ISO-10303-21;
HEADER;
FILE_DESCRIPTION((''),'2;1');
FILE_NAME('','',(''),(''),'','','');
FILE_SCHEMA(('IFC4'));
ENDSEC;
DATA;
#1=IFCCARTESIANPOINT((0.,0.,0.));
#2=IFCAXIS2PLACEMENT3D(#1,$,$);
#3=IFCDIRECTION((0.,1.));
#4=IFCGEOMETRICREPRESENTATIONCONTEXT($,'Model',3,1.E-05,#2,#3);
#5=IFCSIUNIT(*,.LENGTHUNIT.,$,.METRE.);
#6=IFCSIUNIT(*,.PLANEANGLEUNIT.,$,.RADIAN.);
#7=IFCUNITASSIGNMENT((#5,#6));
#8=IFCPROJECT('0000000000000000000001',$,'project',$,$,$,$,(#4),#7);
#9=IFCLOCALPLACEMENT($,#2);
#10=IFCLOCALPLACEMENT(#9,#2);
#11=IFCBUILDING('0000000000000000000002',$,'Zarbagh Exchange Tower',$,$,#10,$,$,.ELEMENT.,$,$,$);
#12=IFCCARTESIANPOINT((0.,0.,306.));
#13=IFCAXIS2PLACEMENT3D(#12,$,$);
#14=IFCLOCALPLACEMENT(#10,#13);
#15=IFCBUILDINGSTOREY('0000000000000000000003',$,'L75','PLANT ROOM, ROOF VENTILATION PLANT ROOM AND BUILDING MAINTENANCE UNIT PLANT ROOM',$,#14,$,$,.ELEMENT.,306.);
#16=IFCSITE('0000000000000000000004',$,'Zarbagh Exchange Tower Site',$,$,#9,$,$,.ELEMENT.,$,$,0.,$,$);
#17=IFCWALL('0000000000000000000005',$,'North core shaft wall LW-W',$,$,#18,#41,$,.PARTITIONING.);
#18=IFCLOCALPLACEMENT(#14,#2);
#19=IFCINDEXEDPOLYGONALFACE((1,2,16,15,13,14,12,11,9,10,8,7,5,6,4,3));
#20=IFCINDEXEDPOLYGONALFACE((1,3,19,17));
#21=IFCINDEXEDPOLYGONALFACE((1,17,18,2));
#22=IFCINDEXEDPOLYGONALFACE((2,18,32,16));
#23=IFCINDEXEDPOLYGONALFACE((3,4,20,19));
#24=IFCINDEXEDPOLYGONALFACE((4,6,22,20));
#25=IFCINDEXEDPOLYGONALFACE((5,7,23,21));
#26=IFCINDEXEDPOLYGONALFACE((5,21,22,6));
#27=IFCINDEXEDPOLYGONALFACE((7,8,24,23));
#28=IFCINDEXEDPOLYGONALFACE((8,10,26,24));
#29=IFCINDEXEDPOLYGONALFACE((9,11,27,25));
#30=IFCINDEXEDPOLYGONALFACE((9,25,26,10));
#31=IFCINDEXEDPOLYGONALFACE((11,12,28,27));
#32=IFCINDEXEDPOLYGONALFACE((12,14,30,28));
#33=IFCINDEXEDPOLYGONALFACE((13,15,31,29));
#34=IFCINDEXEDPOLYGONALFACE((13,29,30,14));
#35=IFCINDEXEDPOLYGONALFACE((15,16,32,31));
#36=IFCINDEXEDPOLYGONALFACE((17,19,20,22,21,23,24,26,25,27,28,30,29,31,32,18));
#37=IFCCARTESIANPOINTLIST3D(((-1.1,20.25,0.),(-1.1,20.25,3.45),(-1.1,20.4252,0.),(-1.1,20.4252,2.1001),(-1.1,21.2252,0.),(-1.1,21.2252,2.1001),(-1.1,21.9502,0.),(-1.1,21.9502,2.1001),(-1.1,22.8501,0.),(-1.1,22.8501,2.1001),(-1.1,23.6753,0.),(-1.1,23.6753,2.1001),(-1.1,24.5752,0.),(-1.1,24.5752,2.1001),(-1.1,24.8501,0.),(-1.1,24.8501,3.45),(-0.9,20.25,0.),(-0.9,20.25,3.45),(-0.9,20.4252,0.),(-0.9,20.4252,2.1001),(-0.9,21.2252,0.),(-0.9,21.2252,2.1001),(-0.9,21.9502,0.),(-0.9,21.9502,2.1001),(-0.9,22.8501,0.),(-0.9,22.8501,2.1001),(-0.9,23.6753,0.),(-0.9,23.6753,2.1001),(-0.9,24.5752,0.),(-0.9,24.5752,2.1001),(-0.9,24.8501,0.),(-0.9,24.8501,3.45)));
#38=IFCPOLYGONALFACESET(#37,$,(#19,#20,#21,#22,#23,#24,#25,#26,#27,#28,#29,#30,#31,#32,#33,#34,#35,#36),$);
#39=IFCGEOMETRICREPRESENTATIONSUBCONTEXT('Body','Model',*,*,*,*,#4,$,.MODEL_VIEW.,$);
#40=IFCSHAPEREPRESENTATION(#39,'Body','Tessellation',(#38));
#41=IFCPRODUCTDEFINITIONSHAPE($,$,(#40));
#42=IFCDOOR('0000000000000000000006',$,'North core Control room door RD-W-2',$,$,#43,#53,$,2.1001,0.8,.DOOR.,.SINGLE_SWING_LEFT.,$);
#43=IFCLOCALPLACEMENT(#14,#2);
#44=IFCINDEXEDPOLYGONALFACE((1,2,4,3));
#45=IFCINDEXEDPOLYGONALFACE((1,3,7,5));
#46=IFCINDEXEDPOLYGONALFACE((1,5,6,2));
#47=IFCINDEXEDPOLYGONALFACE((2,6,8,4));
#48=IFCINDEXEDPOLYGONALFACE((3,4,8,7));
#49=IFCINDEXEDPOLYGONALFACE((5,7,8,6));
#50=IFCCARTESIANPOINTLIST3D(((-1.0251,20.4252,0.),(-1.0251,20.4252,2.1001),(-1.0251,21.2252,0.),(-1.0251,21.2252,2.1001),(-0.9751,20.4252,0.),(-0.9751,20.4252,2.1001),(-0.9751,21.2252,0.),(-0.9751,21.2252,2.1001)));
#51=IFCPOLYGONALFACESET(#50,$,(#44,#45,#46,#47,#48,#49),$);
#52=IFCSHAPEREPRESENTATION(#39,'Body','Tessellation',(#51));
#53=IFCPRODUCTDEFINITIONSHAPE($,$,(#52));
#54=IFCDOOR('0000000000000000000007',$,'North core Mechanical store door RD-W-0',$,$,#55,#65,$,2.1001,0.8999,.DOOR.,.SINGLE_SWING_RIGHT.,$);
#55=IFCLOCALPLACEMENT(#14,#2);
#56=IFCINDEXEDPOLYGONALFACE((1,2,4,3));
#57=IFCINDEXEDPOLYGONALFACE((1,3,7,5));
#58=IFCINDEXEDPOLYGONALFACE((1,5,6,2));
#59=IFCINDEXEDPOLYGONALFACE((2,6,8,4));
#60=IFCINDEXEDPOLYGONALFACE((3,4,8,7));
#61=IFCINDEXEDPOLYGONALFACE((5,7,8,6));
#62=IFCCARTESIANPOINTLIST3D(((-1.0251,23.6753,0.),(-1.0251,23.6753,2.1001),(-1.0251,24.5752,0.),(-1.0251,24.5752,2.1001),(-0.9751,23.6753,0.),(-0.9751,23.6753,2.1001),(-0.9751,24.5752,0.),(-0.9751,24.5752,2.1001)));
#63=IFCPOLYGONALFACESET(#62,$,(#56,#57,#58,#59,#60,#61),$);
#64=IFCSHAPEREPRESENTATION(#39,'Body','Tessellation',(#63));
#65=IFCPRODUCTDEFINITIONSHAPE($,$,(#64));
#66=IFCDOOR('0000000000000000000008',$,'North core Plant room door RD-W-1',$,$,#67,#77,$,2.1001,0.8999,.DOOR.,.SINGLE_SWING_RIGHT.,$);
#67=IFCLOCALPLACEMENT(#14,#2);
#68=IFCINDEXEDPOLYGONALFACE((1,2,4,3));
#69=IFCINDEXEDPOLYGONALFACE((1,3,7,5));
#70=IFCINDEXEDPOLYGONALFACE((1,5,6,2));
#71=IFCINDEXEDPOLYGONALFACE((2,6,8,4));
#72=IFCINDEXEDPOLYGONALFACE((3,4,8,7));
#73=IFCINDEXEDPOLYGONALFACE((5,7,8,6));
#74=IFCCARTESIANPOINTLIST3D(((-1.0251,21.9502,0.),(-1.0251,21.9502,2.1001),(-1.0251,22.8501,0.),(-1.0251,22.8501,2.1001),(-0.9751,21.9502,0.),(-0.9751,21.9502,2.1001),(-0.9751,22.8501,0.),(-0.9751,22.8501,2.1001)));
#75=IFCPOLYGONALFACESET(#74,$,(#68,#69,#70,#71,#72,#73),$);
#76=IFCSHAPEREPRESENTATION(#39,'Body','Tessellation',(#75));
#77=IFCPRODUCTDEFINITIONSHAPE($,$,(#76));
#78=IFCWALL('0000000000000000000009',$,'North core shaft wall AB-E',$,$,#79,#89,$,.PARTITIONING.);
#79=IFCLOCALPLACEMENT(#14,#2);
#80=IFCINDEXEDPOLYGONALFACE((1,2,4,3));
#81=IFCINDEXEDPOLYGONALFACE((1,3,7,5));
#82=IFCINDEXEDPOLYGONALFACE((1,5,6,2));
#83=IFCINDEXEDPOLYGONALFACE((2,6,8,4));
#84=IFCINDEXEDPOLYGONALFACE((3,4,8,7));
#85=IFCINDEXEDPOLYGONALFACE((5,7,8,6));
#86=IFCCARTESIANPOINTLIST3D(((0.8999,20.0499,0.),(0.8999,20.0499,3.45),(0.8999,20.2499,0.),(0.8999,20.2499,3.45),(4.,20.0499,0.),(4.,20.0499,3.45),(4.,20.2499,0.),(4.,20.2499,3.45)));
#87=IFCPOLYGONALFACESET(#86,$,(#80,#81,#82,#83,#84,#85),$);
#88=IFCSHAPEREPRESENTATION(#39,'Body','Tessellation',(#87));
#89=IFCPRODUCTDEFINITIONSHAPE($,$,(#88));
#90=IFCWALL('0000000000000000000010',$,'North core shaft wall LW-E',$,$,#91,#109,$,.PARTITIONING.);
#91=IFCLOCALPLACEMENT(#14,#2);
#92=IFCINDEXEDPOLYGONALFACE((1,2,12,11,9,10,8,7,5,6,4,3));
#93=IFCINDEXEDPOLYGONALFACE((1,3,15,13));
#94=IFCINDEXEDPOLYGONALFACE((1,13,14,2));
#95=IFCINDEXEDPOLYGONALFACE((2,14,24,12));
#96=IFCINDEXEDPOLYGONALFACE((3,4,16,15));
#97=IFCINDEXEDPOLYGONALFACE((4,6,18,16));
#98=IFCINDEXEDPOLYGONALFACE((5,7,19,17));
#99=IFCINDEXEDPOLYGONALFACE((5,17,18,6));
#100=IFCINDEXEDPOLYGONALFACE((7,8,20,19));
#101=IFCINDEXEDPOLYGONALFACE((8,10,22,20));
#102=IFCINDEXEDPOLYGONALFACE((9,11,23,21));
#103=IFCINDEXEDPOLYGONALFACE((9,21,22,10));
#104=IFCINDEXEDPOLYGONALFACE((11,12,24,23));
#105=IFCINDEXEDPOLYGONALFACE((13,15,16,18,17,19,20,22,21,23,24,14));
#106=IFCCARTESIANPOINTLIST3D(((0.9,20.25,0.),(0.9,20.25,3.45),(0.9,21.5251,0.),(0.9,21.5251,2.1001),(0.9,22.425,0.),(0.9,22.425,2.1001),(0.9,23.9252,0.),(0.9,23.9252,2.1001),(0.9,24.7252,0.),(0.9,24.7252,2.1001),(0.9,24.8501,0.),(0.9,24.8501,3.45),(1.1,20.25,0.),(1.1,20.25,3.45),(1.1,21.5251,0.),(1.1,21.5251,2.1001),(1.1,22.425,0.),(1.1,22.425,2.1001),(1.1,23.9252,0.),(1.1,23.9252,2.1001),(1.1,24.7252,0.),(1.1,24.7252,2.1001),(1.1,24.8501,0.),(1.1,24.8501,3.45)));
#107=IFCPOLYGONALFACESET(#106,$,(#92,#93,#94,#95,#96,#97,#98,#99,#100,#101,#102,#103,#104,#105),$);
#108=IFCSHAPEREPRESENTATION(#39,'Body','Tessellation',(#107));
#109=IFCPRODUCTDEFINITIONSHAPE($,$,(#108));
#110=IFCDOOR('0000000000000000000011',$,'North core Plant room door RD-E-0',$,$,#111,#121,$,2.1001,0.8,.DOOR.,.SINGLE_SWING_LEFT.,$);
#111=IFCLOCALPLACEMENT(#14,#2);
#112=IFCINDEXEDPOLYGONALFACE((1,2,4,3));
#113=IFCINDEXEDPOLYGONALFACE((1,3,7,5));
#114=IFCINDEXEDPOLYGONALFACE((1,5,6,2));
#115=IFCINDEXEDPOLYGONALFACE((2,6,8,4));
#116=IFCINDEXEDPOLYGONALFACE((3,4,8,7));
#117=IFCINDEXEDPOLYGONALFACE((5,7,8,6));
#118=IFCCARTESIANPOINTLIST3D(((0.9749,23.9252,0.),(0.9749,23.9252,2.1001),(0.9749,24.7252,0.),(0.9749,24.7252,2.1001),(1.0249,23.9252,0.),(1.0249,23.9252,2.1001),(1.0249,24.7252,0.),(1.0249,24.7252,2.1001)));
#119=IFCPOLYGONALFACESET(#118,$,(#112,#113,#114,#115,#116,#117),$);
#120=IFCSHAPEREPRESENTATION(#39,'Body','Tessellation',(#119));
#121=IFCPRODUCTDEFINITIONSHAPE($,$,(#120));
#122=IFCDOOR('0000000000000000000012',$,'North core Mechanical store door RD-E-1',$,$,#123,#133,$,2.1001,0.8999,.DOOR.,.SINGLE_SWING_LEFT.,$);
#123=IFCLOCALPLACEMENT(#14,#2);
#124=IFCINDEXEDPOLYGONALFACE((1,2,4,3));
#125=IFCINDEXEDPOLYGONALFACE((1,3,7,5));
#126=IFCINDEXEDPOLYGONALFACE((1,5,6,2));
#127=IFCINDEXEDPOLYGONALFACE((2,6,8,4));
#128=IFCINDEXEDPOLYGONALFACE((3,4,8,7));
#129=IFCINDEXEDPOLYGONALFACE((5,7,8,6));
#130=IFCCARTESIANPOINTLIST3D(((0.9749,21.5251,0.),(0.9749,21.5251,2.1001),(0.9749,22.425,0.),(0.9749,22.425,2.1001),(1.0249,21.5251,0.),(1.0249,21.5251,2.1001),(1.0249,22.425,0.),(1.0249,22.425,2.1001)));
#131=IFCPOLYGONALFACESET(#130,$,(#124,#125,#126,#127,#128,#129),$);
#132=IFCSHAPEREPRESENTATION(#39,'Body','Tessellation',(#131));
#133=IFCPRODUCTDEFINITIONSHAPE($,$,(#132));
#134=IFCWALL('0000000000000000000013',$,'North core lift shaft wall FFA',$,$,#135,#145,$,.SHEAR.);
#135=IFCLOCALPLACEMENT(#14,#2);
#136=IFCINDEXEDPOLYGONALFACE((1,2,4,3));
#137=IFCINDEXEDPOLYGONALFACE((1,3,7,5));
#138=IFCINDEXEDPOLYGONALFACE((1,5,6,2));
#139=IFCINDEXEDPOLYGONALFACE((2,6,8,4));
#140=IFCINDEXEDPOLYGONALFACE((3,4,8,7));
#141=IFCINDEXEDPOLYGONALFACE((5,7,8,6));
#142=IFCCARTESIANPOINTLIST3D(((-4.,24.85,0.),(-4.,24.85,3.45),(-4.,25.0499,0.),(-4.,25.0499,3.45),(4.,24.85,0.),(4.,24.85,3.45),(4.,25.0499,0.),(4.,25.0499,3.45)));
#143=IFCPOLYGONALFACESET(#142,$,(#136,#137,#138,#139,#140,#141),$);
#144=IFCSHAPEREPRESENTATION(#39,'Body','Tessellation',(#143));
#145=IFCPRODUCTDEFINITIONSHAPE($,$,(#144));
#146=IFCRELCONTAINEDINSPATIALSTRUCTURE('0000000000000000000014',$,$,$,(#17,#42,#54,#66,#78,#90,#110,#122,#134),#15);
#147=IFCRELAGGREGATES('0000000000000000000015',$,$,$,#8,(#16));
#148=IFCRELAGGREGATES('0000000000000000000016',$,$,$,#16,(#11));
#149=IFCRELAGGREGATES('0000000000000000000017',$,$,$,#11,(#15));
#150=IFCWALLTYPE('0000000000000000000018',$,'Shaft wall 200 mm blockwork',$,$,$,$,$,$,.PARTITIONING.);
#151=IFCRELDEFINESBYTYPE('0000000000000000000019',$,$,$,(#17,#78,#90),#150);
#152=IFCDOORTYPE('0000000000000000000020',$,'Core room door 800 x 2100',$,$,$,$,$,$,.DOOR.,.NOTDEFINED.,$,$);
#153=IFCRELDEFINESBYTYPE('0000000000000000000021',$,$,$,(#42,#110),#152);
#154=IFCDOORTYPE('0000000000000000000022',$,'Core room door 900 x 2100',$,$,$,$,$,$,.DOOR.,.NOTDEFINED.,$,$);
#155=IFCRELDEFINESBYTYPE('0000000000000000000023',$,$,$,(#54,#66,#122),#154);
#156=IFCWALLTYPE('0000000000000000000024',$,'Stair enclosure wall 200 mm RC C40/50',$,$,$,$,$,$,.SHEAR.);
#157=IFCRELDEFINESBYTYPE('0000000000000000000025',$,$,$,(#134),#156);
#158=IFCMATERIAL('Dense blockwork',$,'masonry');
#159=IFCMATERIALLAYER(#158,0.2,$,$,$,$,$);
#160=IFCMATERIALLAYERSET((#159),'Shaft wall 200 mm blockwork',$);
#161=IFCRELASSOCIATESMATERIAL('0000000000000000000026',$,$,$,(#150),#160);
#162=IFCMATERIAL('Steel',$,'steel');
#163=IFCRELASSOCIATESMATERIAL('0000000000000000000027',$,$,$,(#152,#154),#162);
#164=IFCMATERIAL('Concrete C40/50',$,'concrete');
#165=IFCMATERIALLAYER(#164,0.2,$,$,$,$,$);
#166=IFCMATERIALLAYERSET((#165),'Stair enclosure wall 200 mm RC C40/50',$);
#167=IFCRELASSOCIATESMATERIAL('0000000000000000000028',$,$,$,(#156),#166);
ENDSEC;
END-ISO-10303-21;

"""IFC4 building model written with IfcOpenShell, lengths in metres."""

from ifc_helpers import new_model, si_unit, direction, frame, frame_2d, origin, place, context, subcontext, project, spatial, rectangle, extrude, material, layer, layer_set, type_object, element, fill, save


model = new_model("IFC4")

# Units and contexts
model_context = context("Model", 3, precision=1e-05, world=origin(), true_north=direction((0.0, 1.0)))
body_context = subcontext(model_context, "Body", "Model", "MODEL_VIEW")
ifc_project = project(units=[si_unit("LENGTHUNIT", "METRE"), si_unit("PLANEANGLEUNIT", "RADIAN")], contexts=[model_context])

# Site, building, storey
site_placement = place(None, origin())
site = spatial("IfcSite", under=ifc_project, at=site_placement, Name="Zarbagh Exchange Tower Site", CompositionType="ELEMENT", RefElevation=0.0)
building_placement = place(site_placement, origin())
building = spatial("IfcBuilding", under=site, at=building_placement, Name="Zarbagh Exchange Tower", CompositionType="ELEMENT")
storey_placement = place(building_placement, frame((0.0, 0.0, 306.0)))
storey = spatial("IfcBuildingStorey", under=building, at=storey_placement, Name="L75", Description="PLANT ROOM, ROOF VENTILATION PLANT ROOM AND BUILDING MAINTENANCE UNIT PLANT ROOM", CompositionType="ELEMENT", Elevation=306.0)

# Shared definitions
ifc_material_1 = material(Name="Concrete C40/50", Category="concrete")

# Shared definitions
ifc_material_2 = material(Name="Dense blockwork", Category="masonry")
ifc_layer_1 = layer(ifc_material_2, 0.2)
ifc_layer_set_1 = layer_set([ifc_layer_1], Name="Shaft wall 200 mm blockwork")
wall_type_1 = type_object("IfcWallType", Name="Shaft wall 200 mm blockwork", PredefinedType="PARTITIONING", material=ifc_layer_set_1)

# Wall, openings, doors
wall_1_placement = place(storey_placement, frame((-1.0, 24.8501, 0.0), z_axis=(0.0, 0.0, 1.0), x_axis=(0.0, -1.0, 0.0)))
wall_1 = element("IfcWall", 1, at=wall_1_placement, inside=storey, type_object=wall_type_1, Name="North core shaft wall LW-W", PredefinedType="PARTITIONING", context=body_context, shape_type="SweptSolid", body=[
    extrude(rectangle(XDim=4.6001, YDim=0.2, at=frame_2d((2.3, 0.0))), origin(), (0.0, 0.0, 1.0), 3.45),
])
opening_1_placement = place(wall_1_placement, frame((0.2749, 0.0, 0.0)))
opening_1 = element("IfcOpeningElement", 2, at=opening_1_placement, cuts=wall_1, PredefinedType="OPENING", context=body_context, shape_type="SweptSolid", body=[
    extrude(rectangle(XDim=0.8999, YDim=2.1001, at=frame_2d((0.45, 1.05))), frame((0.0, 0.1099, 0.0), z_axis=(0.0, -1.0, 0.0), x_axis=(1.0, 0.0, 0.0)), (0.0, 0.0, 1.0), 0.22),
])
opening_2_placement = place(wall_1_placement, frame((2.0, 0.0, 0.0)))
opening_2 = element("IfcOpeningElement", 3, at=opening_2_placement, cuts=wall_1, PredefinedType="OPENING", context=body_context, shape_type="SweptSolid", body=[
    extrude(rectangle(XDim=0.8999, YDim=2.1001, at=frame_2d((0.45, 1.05))), frame((0.0, 0.1099, 0.0), z_axis=(0.0, -1.0, 0.0), x_axis=(1.0, 0.0, 0.0)), (0.0, 0.0, 1.0), 0.22),
])
opening_3_placement = place(wall_1_placement, frame((3.625, 0.0, 0.0)))
opening_3 = element("IfcOpeningElement", 4, at=opening_3_placement, cuts=wall_1, PredefinedType="OPENING", context=body_context, shape_type="SweptSolid", body=[
    extrude(rectangle(XDim=0.8, YDim=2.1001, at=frame_2d((0.3999, 1.05))), frame((0.0, 0.1099, 0.0), z_axis=(0.0, -1.0, 0.0), x_axis=(1.0, 0.0, 0.0)), (0.0, 0.0, 1.0), 0.22),
])
ifc_material_3 = material(Name="Steel", Category="steel")
door_type_1 = type_object("IfcDoorType", Name="Core room door 800 x 2100", OperationType="NOTDEFINED", PredefinedType="DOOR", material=ifc_material_3)
door_1_placement = place(opening_3_placement, origin())
door_1 = element("IfcDoor", 5, at=door_1_placement, inside=storey, type_object=door_type_1, Name="North core Control room door RD-W-2", OperationType="SINGLE_SWING_LEFT", OverallHeight=2.1001, OverallWidth=0.8, PredefinedType="DOOR", context=body_context, shape_type="SweptSolid", body=[
    extrude(rectangle(XDim=0.8, YDim=2.1001, at=frame_2d((0.3999, 1.05))), frame((0.0, 0.0249, 0.0), z_axis=(0.0, -1.0, 0.0), x_axis=(1.0, 0.0, 0.0)), (0.0, 0.0, 1.0), 0.05),
])
fill(opening_3, door_1)
door_type_2 = type_object("IfcDoorType", Name="Core room door 900 x 2100", OperationType="NOTDEFINED", PredefinedType="DOOR", material=ifc_material_3)
door_2_placement = place(opening_1_placement, origin())
door_2 = element("IfcDoor", 6, at=door_2_placement, inside=storey, type_object=door_type_2, Name="North core Mechanical store door RD-W-0", OperationType="SINGLE_SWING_RIGHT", OverallHeight=2.1001, OverallWidth=0.8999, PredefinedType="DOOR", context=body_context, shape_type="SweptSolid", body=[
    extrude(rectangle(XDim=0.8999, YDim=2.1001, at=frame_2d((0.45, 1.05))), frame((0.0, 0.0249, 0.0), z_axis=(0.0, -1.0, 0.0), x_axis=(1.0, 0.0, 0.0)), (0.0, 0.0, 1.0), 0.05),
])
fill(opening_1, door_2)
door_3_placement = place(opening_2_placement, origin())
door_3 = element("IfcDoor", 7, at=door_3_placement, inside=storey, type_object=door_type_2, Name="North core Plant room door RD-W-1", OperationType="SINGLE_SWING_RIGHT", OverallHeight=2.1001, OverallWidth=0.8999, PredefinedType="DOOR", context=body_context, shape_type="SweptSolid", body=[
    extrude(rectangle(XDim=0.8999, YDim=2.1001, at=frame_2d((0.45, 1.05))), frame((0.0, 0.0249, 0.0), z_axis=(0.0, -1.0, 0.0), x_axis=(1.0, 0.0, 0.0)), (0.0, 0.0, 1.0), 0.05),
])
fill(opening_2, door_3)

# Wall
wall_2_placement = place(storey_placement, frame((0.8999, 20.1499, 0.0), z_axis=(0.0, 0.0, 1.0), x_axis=(1.0, 0.0, 0.0)))
element("IfcWall", 8, at=wall_2_placement, inside=storey, type_object=wall_type_1, Name="North core shaft wall AB-E", PredefinedType="PARTITIONING", context=body_context, shape_type="SweptSolid", body=[
    extrude(rectangle(XDim=3.1001, YDim=0.2, at=frame_2d((1.55, 0.0))), origin(), (0.0, 0.0, 1.0), 3.45),
])

# Wall, openings, doors
wall_3_placement = place(storey_placement, frame((1.0, 24.8501, 0.0), z_axis=(0.0, 0.0, 1.0), x_axis=(0.0, -1.0, 0.0)))
wall_3 = element("IfcWall", 9, at=wall_3_placement, inside=storey, type_object=wall_type_1, Name="North core shaft wall LW-E", PredefinedType="PARTITIONING", context=body_context, shape_type="SweptSolid", body=[
    extrude(rectangle(XDim=4.6001, YDim=0.2, at=frame_2d((2.3, 0.0))), origin(), (0.0, 0.0, 1.0), 3.45),
])
opening_4_placement = place(wall_3_placement, frame((0.125, 0.0, 0.0)))
opening_4 = element("IfcOpeningElement", 10, at=opening_4_placement, cuts=wall_3, PredefinedType="OPENING", context=body_context, shape_type="SweptSolid", body=[
    extrude(rectangle(XDim=0.8, YDim=2.1001, at=frame_2d((0.3999, 1.05))), frame((0.0, 0.1099, 0.0), z_axis=(0.0, -1.0, 0.0), x_axis=(1.0, 0.0, 0.0)), (0.0, 0.0, 1.0), 0.22),
])
opening_5_placement = place(wall_3_placement, frame((2.425, 0.0, 0.0)))
opening_5 = element("IfcOpeningElement", 11, at=opening_5_placement, cuts=wall_3, PredefinedType="OPENING", context=body_context, shape_type="SweptSolid", body=[
    extrude(rectangle(XDim=0.8999, YDim=2.1001, at=frame_2d((0.45, 1.05))), frame((0.0, 0.1099, 0.0), z_axis=(0.0, -1.0, 0.0), x_axis=(1.0, 0.0, 0.0)), (0.0, 0.0, 1.0), 0.22),
])
door_4_placement = place(opening_4_placement, origin())
door_4 = element("IfcDoor", 12, at=door_4_placement, inside=storey, type_object=door_type_1, Name="North core Plant room door RD-E-0", OperationType="SINGLE_SWING_LEFT", OverallHeight=2.1001, OverallWidth=0.8, PredefinedType="DOOR", context=body_context, shape_type="SweptSolid", body=[
    extrude(rectangle(XDim=0.8, YDim=2.1001, at=frame_2d((0.3999, 1.05))), frame((0.0, 0.0249, 0.0), z_axis=(0.0, -1.0, 0.0), x_axis=(1.0, 0.0, 0.0)), (0.0, 0.0, 1.0), 0.05),
])
fill(opening_4, door_4)
door_5_placement = place(opening_5_placement, origin())
door_5 = element("IfcDoor", 13, at=door_5_placement, inside=storey, type_object=door_type_2, Name="North core Mechanical store door RD-E-1", OperationType="SINGLE_SWING_LEFT", OverallHeight=2.1001, OverallWidth=0.8999, PredefinedType="DOOR", context=body_context, shape_type="SweptSolid", body=[
    extrude(rectangle(XDim=0.8999, YDim=2.1001, at=frame_2d((0.45, 1.05))), frame((0.0, 0.0249, 0.0), z_axis=(0.0, -1.0, 0.0), x_axis=(1.0, 0.0, 0.0)), (0.0, 0.0, 1.0), 0.05),
])
fill(opening_5, door_5)

# Wall
ifc_layer_2 = layer(ifc_material_1, 0.2)
ifc_layer_set_2 = layer_set([ifc_layer_2], Name="Stair enclosure wall 200 mm RC C40/50")
wall_type_2 = type_object("IfcWallType", Name="Stair enclosure wall 200 mm RC C40/50", PredefinedType="SHEAR", material=ifc_layer_set_2)
wall_4_placement = place(storey_placement, frame((-4.0, 24.95, 0.0), z_axis=(0.0, 0.0, 1.0), x_axis=(1.0, 0.0, 0.0)))
element("IfcWall", 14, at=wall_4_placement, inside=storey, type_object=wall_type_2, Name="North core lift shaft wall FFA", PredefinedType="SHEAR", context=body_context, shape_type="SweptSolid", body=[
    extrude(rectangle(XDim=8.0, YDim=0.2, at=frame_2d((4.0, 0.0))), origin(), (0.0, 0.0, 1.0), 3.45),
])

save(model, "model.ifc")
